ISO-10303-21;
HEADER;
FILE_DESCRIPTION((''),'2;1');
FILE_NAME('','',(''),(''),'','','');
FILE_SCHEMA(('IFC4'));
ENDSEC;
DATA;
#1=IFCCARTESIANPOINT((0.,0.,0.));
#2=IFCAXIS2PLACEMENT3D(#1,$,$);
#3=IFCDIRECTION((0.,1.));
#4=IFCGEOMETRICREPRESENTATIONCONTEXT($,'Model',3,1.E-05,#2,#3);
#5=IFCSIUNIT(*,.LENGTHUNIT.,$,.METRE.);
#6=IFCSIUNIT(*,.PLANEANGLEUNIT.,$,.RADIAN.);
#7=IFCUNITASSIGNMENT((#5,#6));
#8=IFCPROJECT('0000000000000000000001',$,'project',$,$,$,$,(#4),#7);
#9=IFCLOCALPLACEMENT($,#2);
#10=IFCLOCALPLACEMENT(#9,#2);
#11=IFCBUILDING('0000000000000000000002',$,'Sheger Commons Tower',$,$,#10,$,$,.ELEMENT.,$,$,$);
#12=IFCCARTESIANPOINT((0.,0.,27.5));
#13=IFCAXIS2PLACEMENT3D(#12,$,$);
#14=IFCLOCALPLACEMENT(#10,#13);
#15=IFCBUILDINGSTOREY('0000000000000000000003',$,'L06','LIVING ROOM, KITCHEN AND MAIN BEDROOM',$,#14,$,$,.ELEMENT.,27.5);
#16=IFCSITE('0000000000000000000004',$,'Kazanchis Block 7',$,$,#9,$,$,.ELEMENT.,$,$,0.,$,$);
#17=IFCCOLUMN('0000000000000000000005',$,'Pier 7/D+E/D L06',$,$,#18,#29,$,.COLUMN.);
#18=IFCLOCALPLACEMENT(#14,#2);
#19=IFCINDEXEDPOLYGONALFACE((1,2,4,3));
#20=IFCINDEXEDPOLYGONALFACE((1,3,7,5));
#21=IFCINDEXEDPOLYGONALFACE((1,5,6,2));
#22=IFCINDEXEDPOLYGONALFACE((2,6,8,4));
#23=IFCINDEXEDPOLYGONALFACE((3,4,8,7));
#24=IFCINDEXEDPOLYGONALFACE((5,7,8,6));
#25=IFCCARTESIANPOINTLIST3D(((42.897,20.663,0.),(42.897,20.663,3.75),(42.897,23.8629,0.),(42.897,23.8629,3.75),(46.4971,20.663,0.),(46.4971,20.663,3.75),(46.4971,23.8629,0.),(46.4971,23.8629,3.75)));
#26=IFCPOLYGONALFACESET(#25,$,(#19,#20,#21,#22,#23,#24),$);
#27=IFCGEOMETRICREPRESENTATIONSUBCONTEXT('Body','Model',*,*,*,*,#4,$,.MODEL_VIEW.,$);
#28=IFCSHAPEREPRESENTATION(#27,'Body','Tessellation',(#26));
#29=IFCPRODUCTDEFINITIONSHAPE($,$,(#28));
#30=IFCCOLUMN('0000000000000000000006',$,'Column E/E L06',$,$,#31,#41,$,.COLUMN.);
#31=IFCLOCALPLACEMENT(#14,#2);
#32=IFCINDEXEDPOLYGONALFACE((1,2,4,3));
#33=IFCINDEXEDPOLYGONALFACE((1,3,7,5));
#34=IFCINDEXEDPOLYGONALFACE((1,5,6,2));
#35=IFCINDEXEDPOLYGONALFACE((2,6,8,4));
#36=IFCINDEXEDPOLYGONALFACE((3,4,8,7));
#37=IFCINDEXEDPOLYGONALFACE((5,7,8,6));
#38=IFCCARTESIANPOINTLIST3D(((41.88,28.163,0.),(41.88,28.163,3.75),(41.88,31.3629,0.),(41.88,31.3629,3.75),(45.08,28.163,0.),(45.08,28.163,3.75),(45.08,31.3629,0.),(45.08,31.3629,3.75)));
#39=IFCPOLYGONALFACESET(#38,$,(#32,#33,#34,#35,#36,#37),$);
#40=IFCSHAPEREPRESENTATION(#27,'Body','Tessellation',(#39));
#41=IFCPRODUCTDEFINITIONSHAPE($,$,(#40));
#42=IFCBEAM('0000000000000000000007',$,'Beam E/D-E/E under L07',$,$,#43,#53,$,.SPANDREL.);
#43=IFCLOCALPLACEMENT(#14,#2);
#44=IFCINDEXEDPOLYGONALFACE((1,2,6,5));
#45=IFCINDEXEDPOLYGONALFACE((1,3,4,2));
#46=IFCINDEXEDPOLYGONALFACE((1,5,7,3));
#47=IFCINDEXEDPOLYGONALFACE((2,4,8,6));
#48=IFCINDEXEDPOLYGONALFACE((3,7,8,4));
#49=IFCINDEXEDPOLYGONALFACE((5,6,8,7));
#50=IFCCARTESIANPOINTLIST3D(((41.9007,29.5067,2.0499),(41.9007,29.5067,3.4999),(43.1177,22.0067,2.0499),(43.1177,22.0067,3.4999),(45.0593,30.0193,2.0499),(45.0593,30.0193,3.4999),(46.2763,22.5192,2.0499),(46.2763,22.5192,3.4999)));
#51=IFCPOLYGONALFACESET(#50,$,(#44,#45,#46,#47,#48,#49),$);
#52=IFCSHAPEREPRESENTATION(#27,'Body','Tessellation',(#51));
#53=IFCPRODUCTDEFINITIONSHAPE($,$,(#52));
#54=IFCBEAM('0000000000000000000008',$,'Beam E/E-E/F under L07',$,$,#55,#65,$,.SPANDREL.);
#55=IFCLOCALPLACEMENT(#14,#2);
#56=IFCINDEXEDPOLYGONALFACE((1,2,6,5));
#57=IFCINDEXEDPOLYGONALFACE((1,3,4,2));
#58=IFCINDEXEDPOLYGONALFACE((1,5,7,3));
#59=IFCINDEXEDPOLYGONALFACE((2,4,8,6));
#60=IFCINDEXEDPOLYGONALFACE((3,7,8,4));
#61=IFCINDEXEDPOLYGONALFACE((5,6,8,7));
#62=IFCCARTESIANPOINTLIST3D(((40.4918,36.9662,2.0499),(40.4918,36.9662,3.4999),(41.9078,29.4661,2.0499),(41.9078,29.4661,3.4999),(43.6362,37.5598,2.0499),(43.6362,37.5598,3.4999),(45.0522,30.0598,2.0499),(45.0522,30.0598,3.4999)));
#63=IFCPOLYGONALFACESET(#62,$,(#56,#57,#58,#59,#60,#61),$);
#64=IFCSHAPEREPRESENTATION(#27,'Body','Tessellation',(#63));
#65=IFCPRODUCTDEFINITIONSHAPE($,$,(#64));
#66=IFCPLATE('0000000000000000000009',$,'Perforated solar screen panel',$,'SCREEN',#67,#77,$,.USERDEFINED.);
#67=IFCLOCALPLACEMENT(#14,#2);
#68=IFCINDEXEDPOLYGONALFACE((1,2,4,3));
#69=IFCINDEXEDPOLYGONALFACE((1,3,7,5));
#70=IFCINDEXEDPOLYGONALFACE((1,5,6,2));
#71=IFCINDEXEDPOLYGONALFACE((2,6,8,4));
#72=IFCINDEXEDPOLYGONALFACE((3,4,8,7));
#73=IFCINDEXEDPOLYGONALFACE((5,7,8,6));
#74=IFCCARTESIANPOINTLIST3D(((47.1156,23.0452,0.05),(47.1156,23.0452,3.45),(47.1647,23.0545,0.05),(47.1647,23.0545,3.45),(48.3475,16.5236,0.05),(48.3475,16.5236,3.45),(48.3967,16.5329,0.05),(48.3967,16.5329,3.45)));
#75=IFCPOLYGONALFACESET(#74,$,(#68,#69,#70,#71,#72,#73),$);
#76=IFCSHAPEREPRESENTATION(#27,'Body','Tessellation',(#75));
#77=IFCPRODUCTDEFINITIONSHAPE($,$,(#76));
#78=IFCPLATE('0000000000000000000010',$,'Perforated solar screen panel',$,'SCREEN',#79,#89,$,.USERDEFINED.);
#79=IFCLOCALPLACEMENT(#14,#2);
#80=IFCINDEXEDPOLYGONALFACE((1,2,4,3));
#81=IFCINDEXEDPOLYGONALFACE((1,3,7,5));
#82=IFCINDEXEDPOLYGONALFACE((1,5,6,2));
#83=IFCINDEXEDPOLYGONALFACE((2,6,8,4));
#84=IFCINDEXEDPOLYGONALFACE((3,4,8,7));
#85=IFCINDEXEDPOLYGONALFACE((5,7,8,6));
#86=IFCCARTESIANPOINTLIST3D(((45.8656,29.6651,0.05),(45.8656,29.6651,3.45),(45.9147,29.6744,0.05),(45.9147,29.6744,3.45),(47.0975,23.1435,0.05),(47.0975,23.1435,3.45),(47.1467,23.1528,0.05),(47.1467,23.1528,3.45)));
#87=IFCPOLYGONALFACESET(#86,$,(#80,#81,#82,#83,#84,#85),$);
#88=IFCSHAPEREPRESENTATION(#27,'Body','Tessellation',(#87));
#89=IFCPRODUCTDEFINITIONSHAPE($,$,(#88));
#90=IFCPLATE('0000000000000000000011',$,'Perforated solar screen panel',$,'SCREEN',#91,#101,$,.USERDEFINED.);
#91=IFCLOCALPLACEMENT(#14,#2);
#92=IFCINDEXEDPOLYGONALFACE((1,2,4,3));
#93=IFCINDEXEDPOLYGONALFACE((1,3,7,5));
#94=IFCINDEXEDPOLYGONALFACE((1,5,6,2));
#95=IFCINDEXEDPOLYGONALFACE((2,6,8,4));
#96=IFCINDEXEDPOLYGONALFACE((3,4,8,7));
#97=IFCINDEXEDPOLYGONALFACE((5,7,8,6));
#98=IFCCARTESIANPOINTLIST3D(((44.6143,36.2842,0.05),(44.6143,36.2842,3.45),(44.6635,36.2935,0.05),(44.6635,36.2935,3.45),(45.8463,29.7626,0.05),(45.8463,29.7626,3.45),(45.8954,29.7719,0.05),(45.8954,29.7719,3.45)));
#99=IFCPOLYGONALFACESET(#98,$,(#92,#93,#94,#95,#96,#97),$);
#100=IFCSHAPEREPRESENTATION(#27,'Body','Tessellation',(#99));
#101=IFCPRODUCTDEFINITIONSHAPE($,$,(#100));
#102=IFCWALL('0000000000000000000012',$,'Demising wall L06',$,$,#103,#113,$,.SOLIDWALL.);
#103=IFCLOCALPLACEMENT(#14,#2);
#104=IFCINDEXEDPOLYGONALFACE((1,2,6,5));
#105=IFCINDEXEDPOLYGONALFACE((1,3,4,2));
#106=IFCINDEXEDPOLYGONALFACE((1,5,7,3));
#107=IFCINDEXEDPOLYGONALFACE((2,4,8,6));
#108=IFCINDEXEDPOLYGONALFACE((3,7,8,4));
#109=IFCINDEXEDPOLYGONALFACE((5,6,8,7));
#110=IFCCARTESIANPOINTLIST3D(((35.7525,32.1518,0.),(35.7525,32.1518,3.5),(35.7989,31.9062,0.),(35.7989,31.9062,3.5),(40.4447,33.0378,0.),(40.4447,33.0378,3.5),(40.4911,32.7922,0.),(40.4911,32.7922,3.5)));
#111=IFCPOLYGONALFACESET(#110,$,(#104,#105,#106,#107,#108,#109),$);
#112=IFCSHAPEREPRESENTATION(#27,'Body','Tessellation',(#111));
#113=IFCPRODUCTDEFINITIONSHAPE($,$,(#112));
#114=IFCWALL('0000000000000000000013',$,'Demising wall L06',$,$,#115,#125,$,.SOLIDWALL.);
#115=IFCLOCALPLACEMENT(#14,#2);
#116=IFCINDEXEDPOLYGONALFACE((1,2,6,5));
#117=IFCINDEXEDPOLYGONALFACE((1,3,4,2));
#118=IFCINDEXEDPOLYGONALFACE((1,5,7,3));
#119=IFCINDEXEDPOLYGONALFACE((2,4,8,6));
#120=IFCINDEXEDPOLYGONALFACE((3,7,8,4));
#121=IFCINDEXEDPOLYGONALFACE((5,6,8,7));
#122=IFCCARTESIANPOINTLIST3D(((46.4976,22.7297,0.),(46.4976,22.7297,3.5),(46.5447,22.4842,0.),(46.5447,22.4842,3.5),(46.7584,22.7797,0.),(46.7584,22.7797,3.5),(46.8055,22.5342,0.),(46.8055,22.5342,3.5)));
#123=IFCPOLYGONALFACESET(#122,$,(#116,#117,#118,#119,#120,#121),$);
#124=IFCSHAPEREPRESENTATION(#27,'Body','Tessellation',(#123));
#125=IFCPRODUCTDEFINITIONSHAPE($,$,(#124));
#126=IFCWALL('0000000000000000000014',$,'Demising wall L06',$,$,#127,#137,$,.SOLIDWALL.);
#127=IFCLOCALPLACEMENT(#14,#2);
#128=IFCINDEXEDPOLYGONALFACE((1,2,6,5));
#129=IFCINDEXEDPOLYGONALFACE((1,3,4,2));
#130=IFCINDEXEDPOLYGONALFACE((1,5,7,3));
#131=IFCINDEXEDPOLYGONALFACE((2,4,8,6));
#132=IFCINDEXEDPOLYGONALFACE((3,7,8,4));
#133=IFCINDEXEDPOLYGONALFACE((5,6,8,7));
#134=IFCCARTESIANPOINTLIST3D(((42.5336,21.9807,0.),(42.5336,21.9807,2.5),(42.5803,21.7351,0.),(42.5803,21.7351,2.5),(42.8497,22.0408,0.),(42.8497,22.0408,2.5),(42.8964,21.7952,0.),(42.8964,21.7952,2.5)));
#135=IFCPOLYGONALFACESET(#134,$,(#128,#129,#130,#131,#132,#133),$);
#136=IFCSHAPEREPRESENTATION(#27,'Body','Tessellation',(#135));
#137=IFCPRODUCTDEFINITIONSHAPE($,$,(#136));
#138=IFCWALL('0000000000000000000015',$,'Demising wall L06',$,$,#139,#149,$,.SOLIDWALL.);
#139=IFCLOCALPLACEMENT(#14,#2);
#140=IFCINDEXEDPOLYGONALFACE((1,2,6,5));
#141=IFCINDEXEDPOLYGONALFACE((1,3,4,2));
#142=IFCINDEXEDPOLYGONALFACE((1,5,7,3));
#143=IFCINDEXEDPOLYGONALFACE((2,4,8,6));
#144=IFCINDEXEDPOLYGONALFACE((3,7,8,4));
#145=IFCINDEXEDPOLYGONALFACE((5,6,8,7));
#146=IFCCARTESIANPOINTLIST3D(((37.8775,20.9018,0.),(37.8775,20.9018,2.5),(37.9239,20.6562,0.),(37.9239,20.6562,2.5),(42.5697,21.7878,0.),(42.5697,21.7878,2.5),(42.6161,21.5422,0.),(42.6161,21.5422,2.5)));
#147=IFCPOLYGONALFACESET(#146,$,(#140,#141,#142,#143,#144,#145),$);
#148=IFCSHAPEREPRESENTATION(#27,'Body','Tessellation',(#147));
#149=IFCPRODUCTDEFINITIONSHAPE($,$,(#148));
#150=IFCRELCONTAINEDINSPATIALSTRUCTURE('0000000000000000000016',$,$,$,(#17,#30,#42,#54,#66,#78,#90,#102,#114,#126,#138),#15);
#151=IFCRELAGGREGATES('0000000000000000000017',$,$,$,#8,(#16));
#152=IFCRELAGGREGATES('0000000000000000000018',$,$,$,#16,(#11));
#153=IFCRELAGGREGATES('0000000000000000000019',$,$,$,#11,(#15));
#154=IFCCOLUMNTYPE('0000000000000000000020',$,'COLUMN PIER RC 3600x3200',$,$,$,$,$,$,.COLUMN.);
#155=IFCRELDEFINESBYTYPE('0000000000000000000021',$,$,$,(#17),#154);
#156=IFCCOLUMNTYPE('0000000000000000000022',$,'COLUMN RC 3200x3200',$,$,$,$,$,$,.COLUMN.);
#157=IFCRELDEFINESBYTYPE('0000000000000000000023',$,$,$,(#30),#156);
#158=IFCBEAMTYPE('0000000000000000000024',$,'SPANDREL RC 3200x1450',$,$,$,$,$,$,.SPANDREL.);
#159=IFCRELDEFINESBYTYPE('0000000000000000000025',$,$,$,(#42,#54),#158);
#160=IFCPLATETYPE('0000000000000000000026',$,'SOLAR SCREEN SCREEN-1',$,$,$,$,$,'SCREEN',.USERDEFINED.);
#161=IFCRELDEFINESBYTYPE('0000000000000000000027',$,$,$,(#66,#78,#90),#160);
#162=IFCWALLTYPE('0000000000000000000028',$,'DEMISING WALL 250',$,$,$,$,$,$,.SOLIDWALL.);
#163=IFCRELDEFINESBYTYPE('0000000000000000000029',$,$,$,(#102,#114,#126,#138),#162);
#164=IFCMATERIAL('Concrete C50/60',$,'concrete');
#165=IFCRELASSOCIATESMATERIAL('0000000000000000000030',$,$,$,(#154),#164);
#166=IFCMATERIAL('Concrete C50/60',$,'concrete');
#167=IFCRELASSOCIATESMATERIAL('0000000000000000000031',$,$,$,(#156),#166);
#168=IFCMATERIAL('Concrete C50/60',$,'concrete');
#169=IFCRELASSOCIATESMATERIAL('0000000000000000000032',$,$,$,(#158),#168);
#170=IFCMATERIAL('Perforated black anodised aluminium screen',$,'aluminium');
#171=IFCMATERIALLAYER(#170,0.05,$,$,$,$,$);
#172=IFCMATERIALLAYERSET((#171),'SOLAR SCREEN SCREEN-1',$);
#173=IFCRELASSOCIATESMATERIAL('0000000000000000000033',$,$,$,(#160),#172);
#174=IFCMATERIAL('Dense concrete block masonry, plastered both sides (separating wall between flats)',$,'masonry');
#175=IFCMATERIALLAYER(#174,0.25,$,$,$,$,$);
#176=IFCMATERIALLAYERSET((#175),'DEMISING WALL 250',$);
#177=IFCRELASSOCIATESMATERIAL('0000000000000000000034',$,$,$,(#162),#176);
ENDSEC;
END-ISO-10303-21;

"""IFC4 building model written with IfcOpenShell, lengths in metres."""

from ifc_helpers import new_model, si_unit, direction, frame, frame_2d, origin, origin_2d, place, context, subcontext, project, spatial, rectangle, extrude, material, layer, layer_set, material_profile, profile_set, type_object, element, save


model = new_model("IFC4")

# Units and contexts
model_context = context("Model", 3, precision=1e-05, world=origin(), true_north=direction((0.0, 1.0)))
body_context = subcontext(model_context, "Body", "Model", "MODEL_VIEW")
ifc_project = project(units=[si_unit("LENGTHUNIT", "METRE"), si_unit("PLANEANGLEUNIT", "RADIAN")], contexts=[model_context])

# Site, building, storey
site_placement = place(None, origin())
site = spatial("IfcSite", under=ifc_project, at=site_placement, Name="Kazanchis Block 7", CompositionType="ELEMENT", RefElevation=0.0)
building_placement = place(site_placement, origin())
building = spatial("IfcBuilding", under=site, at=building_placement, Name="Sheger Commons Tower", CompositionType="ELEMENT")
storey_placement = place(building_placement, frame((0.0, 0.0, 27.5)))
storey = spatial("IfcBuildingStorey", under=building, at=storey_placement, Name="L06", Description="LIVING ROOM, KITCHEN AND MAIN BEDROOM", CompositionType="ELEMENT", Elevation=27.5)

# Columns
ifc_material_1 = material(Name="Concrete C50/60", Category="concrete")
ifc_material_profile_1 = material_profile(ifc_material_1, rectangle(XDim=3.6001, YDim=3.2, at=origin_2d()), Name="RC 3600x3200")
ifc_profile_set_1 = profile_set([ifc_material_profile_1], Name="Concrete C50/60")
column_type_1 = type_object("IfcColumnType", Name="COLUMN PIER RC 3600x3200", PredefinedType="COLUMN", material=ifc_profile_set_1)
column_1_placement = place(storey_placement, frame((44.697, 22.2629, 0.0), z_axis=(0.0, 0.0, 1.0), x_axis=(1.0, 0.0, 0.0)))
element("IfcColumn", 1, at=column_1_placement, inside=storey, type_object=column_type_1, Name="Pier 7/D+E/D L06", PredefinedType="COLUMN", context=body_context, shape_type="SweptSolid", body=[
    extrude(rectangle(XDim=3.6001, YDim=3.2, at=origin_2d()), origin(), (0.0, 0.0, 1.0), 3.75),
])
ifc_material_2 = material(Name="Concrete C50/60", Category="concrete")
ifc_material_profile_2 = material_profile(ifc_material_2, rectangle(XDim=3.2, YDim=3.2, at=origin_2d()), Name="RC 3200x3200")
ifc_profile_set_2 = profile_set([ifc_material_profile_2], Name="Concrete C50/60")
column_type_2 = type_object("IfcColumnType", Name="COLUMN RC 3200x3200", PredefinedType="COLUMN", material=ifc_profile_set_2)
column_2_placement = place(storey_placement, frame((43.48, 29.7629, 0.0), z_axis=(0.0, 0.0, 1.0), x_axis=(1.0, 0.0, 0.0)))
element("IfcColumn", 2, at=column_2_placement, inside=storey, type_object=column_type_2, Name="Column E/E L06", PredefinedType="COLUMN", context=body_context, shape_type="SweptSolid", body=[
    extrude(rectangle(XDim=3.2, YDim=3.2, at=origin_2d()), origin(), (0.0, 0.0, 1.0), 3.75),
])

# Beams
ifc_material_3 = material(Name="Concrete C50/60", Category="concrete")
ifc_material_profile_3 = material_profile(ifc_material_3, rectangle(XDim=3.2, YDim=1.45, at=origin_2d()), Name="RC 3200x1450")
ifc_profile_set_3 = profile_set([ifc_material_profile_3], Name="Concrete C50/60")
beam_type = type_object("IfcBeamType", Name="SPANDREL RC 3200x1450", PredefinedType="SPANDREL", material=ifc_profile_set_3)
beam_1_placement = place(storey_placement, frame((44.697, 22.2629, 2.7749), z_axis=(-0.160177, 0.987088, 0.0), x_axis=(-0.987088, -0.160177, 0.0)))
element("IfcBeam", 3, at=beam_1_placement, inside=storey, type_object=beam_type, Name="Beam E/D-E/E under L07", PredefinedType="SPANDREL", context=body_context, shape_type="SweptSolid", body=[
    extrude(rectangle(XDim=3.2, YDim=1.45, at=origin_2d()), origin(), (0.0, 0.0, 1.0), 7.5981),
])
beam_2_placement = place(storey_placement, frame((43.48, 29.7629, 2.7749), z_axis=(-0.185524, 0.98264, 0.0), x_axis=(-0.98264, -0.185524, 0.0)))
element("IfcBeam", 4, at=beam_2_placement, inside=storey, type_object=beam_type, Name="Beam E/E-E/F under L07", PredefinedType="SPANDREL", context=body_context, shape_type="SweptSolid", body=[
    extrude(rectangle(XDim=3.2, YDim=1.45, at=origin_2d()), origin(), (0.0, 0.0, 1.0), 7.6326),
])

# Plates
ifc_material_4 = material(Name="Perforated black anodised aluminium screen", Category="aluminium")
ifc_layer_1 = layer(ifc_material_4, 0.05)
ifc_layer_set_1 = layer_set([ifc_layer_1], Name="SOLAR SCREEN SCREEN-1")
plate_type = type_object("IfcPlateType", Name="SOLAR SCREEN SCREEN-1", ElementType="SCREEN", PredefinedType="USERDEFINED", material=ifc_layer_set_1)
for number, where, z_axis, x_axis, name in (
    (5, (47.7561, 19.7891, 0.05), (0.0, 0.0, 1.0), (-0.185615, 0.982623, 0.0), "Perforated solar screen panel"),
    (6, (46.5061, 26.4089, 0.05), (0.0, 0.0, 1.0), (-0.185615, 0.982623, 0.0), "Perforated solar screen panel"),
    (7, (45.2549, 33.0281, 0.05), (0.0, 0.0, 1.0), (-0.185615, 0.982623, 0.0), "Perforated solar screen panel"),
):
    element("IfcPlate", number, at=place(storey_placement, frame(where, z_axis=z_axis, x_axis=x_axis)), inside=storey, type_object=plate_type, Name=name, ObjectType="SCREEN", PredefinedType="USERDEFINED", context=body_context, shape_type="SweptSolid", body=[
        extrude(rectangle(XDim=6.637, YDim=0.05, at=origin_2d()), origin(), (0.0, 0.0, 1.0), 3.3999),
    ])

# Walls
ifc_material_5 = material(Name="Dense concrete block masonry, plastered both sides (separating wall between flats)", Category="masonry")
ifc_layer_2 = layer(ifc_material_5, 0.25)
ifc_layer_set_2 = layer_set([ifc_layer_2], Name="DEMISING WALL 250")
wall_type_1 = type_object("IfcWallType", Name="DEMISING WALL 250", PredefinedType="SOLIDWALL", material=ifc_layer_set_2)
wall_1_placement = place(storey_placement, frame((40.468, 32.915, 0.0), z_axis=(0.0, 0.0, 1.0), x_axis=(-0.982636, -0.185545, 0.0)))
element("IfcWall", 8, at=wall_1_placement, inside=storey, type_object=wall_type_1, Name="Demising wall L06", PredefinedType="SOLIDWALL", context=body_context, shape_type="SweptSolid", body=[
    extrude(rectangle(XDim=4.7751, YDim=0.25, at=frame_2d((2.3877, 0.0))), origin(), (0.0, 0.0, 1.0), 3.5),
])
wall_2_placement = place(storey_placement, frame((46.782, 22.657, 0.0), z_axis=(0.0, 0.0, 1.0), x_axis=(-0.982105, -0.188336, 0.0)))
element("IfcWall", 9, at=wall_2_placement, inside=storey, type_object=wall_type_1, Name="Demising wall L06", PredefinedType="SOLIDWALL", context=body_context, shape_type="SweptSolid", body=[
    extrude(rectangle(XDim=0.2656, YDim=0.25, at=frame_2d((0.1328, 0.0))), origin(), (0.0, 0.0, 1.0), 3.5),
])
wall_3_placement = place(storey_placement, frame((42.873, 21.918, 0.0), z_axis=(0.0, 0.0, 1.0), x_axis=(-0.982431, -0.186624, 0.0)))
element("IfcWall", 10, at=wall_3_placement, inside=storey, type_object=wall_type_1, Name="Demising wall L06", PredefinedType="SOLIDWALL", context=body_context, shape_type="SweptSolid", body=[
    extrude(rectangle(XDim=0.3218, YDim=0.25, at=frame_2d((0.1609, 0.0))), origin(), (0.0, 0.0, 1.0), 2.5),
])
wall_4_placement = place(storey_placement, frame((42.593, 21.665, 0.0), z_axis=(0.0, 0.0, 1.0), x_axis=(-0.982636, -0.185545, 0.0)))
element("IfcWall", 11, at=wall_4_placement, inside=storey, type_object=wall_type_1, Name="Demising wall L06", PredefinedType="SOLIDWALL", context=body_context, shape_type="SweptSolid", body=[
    extrude(rectangle(XDim=4.7751, YDim=0.25, at=frame_2d((2.3877, 0.0))), origin(), (0.0, 0.0, 1.0), 2.5),
])

save(model, "model.ifc")
